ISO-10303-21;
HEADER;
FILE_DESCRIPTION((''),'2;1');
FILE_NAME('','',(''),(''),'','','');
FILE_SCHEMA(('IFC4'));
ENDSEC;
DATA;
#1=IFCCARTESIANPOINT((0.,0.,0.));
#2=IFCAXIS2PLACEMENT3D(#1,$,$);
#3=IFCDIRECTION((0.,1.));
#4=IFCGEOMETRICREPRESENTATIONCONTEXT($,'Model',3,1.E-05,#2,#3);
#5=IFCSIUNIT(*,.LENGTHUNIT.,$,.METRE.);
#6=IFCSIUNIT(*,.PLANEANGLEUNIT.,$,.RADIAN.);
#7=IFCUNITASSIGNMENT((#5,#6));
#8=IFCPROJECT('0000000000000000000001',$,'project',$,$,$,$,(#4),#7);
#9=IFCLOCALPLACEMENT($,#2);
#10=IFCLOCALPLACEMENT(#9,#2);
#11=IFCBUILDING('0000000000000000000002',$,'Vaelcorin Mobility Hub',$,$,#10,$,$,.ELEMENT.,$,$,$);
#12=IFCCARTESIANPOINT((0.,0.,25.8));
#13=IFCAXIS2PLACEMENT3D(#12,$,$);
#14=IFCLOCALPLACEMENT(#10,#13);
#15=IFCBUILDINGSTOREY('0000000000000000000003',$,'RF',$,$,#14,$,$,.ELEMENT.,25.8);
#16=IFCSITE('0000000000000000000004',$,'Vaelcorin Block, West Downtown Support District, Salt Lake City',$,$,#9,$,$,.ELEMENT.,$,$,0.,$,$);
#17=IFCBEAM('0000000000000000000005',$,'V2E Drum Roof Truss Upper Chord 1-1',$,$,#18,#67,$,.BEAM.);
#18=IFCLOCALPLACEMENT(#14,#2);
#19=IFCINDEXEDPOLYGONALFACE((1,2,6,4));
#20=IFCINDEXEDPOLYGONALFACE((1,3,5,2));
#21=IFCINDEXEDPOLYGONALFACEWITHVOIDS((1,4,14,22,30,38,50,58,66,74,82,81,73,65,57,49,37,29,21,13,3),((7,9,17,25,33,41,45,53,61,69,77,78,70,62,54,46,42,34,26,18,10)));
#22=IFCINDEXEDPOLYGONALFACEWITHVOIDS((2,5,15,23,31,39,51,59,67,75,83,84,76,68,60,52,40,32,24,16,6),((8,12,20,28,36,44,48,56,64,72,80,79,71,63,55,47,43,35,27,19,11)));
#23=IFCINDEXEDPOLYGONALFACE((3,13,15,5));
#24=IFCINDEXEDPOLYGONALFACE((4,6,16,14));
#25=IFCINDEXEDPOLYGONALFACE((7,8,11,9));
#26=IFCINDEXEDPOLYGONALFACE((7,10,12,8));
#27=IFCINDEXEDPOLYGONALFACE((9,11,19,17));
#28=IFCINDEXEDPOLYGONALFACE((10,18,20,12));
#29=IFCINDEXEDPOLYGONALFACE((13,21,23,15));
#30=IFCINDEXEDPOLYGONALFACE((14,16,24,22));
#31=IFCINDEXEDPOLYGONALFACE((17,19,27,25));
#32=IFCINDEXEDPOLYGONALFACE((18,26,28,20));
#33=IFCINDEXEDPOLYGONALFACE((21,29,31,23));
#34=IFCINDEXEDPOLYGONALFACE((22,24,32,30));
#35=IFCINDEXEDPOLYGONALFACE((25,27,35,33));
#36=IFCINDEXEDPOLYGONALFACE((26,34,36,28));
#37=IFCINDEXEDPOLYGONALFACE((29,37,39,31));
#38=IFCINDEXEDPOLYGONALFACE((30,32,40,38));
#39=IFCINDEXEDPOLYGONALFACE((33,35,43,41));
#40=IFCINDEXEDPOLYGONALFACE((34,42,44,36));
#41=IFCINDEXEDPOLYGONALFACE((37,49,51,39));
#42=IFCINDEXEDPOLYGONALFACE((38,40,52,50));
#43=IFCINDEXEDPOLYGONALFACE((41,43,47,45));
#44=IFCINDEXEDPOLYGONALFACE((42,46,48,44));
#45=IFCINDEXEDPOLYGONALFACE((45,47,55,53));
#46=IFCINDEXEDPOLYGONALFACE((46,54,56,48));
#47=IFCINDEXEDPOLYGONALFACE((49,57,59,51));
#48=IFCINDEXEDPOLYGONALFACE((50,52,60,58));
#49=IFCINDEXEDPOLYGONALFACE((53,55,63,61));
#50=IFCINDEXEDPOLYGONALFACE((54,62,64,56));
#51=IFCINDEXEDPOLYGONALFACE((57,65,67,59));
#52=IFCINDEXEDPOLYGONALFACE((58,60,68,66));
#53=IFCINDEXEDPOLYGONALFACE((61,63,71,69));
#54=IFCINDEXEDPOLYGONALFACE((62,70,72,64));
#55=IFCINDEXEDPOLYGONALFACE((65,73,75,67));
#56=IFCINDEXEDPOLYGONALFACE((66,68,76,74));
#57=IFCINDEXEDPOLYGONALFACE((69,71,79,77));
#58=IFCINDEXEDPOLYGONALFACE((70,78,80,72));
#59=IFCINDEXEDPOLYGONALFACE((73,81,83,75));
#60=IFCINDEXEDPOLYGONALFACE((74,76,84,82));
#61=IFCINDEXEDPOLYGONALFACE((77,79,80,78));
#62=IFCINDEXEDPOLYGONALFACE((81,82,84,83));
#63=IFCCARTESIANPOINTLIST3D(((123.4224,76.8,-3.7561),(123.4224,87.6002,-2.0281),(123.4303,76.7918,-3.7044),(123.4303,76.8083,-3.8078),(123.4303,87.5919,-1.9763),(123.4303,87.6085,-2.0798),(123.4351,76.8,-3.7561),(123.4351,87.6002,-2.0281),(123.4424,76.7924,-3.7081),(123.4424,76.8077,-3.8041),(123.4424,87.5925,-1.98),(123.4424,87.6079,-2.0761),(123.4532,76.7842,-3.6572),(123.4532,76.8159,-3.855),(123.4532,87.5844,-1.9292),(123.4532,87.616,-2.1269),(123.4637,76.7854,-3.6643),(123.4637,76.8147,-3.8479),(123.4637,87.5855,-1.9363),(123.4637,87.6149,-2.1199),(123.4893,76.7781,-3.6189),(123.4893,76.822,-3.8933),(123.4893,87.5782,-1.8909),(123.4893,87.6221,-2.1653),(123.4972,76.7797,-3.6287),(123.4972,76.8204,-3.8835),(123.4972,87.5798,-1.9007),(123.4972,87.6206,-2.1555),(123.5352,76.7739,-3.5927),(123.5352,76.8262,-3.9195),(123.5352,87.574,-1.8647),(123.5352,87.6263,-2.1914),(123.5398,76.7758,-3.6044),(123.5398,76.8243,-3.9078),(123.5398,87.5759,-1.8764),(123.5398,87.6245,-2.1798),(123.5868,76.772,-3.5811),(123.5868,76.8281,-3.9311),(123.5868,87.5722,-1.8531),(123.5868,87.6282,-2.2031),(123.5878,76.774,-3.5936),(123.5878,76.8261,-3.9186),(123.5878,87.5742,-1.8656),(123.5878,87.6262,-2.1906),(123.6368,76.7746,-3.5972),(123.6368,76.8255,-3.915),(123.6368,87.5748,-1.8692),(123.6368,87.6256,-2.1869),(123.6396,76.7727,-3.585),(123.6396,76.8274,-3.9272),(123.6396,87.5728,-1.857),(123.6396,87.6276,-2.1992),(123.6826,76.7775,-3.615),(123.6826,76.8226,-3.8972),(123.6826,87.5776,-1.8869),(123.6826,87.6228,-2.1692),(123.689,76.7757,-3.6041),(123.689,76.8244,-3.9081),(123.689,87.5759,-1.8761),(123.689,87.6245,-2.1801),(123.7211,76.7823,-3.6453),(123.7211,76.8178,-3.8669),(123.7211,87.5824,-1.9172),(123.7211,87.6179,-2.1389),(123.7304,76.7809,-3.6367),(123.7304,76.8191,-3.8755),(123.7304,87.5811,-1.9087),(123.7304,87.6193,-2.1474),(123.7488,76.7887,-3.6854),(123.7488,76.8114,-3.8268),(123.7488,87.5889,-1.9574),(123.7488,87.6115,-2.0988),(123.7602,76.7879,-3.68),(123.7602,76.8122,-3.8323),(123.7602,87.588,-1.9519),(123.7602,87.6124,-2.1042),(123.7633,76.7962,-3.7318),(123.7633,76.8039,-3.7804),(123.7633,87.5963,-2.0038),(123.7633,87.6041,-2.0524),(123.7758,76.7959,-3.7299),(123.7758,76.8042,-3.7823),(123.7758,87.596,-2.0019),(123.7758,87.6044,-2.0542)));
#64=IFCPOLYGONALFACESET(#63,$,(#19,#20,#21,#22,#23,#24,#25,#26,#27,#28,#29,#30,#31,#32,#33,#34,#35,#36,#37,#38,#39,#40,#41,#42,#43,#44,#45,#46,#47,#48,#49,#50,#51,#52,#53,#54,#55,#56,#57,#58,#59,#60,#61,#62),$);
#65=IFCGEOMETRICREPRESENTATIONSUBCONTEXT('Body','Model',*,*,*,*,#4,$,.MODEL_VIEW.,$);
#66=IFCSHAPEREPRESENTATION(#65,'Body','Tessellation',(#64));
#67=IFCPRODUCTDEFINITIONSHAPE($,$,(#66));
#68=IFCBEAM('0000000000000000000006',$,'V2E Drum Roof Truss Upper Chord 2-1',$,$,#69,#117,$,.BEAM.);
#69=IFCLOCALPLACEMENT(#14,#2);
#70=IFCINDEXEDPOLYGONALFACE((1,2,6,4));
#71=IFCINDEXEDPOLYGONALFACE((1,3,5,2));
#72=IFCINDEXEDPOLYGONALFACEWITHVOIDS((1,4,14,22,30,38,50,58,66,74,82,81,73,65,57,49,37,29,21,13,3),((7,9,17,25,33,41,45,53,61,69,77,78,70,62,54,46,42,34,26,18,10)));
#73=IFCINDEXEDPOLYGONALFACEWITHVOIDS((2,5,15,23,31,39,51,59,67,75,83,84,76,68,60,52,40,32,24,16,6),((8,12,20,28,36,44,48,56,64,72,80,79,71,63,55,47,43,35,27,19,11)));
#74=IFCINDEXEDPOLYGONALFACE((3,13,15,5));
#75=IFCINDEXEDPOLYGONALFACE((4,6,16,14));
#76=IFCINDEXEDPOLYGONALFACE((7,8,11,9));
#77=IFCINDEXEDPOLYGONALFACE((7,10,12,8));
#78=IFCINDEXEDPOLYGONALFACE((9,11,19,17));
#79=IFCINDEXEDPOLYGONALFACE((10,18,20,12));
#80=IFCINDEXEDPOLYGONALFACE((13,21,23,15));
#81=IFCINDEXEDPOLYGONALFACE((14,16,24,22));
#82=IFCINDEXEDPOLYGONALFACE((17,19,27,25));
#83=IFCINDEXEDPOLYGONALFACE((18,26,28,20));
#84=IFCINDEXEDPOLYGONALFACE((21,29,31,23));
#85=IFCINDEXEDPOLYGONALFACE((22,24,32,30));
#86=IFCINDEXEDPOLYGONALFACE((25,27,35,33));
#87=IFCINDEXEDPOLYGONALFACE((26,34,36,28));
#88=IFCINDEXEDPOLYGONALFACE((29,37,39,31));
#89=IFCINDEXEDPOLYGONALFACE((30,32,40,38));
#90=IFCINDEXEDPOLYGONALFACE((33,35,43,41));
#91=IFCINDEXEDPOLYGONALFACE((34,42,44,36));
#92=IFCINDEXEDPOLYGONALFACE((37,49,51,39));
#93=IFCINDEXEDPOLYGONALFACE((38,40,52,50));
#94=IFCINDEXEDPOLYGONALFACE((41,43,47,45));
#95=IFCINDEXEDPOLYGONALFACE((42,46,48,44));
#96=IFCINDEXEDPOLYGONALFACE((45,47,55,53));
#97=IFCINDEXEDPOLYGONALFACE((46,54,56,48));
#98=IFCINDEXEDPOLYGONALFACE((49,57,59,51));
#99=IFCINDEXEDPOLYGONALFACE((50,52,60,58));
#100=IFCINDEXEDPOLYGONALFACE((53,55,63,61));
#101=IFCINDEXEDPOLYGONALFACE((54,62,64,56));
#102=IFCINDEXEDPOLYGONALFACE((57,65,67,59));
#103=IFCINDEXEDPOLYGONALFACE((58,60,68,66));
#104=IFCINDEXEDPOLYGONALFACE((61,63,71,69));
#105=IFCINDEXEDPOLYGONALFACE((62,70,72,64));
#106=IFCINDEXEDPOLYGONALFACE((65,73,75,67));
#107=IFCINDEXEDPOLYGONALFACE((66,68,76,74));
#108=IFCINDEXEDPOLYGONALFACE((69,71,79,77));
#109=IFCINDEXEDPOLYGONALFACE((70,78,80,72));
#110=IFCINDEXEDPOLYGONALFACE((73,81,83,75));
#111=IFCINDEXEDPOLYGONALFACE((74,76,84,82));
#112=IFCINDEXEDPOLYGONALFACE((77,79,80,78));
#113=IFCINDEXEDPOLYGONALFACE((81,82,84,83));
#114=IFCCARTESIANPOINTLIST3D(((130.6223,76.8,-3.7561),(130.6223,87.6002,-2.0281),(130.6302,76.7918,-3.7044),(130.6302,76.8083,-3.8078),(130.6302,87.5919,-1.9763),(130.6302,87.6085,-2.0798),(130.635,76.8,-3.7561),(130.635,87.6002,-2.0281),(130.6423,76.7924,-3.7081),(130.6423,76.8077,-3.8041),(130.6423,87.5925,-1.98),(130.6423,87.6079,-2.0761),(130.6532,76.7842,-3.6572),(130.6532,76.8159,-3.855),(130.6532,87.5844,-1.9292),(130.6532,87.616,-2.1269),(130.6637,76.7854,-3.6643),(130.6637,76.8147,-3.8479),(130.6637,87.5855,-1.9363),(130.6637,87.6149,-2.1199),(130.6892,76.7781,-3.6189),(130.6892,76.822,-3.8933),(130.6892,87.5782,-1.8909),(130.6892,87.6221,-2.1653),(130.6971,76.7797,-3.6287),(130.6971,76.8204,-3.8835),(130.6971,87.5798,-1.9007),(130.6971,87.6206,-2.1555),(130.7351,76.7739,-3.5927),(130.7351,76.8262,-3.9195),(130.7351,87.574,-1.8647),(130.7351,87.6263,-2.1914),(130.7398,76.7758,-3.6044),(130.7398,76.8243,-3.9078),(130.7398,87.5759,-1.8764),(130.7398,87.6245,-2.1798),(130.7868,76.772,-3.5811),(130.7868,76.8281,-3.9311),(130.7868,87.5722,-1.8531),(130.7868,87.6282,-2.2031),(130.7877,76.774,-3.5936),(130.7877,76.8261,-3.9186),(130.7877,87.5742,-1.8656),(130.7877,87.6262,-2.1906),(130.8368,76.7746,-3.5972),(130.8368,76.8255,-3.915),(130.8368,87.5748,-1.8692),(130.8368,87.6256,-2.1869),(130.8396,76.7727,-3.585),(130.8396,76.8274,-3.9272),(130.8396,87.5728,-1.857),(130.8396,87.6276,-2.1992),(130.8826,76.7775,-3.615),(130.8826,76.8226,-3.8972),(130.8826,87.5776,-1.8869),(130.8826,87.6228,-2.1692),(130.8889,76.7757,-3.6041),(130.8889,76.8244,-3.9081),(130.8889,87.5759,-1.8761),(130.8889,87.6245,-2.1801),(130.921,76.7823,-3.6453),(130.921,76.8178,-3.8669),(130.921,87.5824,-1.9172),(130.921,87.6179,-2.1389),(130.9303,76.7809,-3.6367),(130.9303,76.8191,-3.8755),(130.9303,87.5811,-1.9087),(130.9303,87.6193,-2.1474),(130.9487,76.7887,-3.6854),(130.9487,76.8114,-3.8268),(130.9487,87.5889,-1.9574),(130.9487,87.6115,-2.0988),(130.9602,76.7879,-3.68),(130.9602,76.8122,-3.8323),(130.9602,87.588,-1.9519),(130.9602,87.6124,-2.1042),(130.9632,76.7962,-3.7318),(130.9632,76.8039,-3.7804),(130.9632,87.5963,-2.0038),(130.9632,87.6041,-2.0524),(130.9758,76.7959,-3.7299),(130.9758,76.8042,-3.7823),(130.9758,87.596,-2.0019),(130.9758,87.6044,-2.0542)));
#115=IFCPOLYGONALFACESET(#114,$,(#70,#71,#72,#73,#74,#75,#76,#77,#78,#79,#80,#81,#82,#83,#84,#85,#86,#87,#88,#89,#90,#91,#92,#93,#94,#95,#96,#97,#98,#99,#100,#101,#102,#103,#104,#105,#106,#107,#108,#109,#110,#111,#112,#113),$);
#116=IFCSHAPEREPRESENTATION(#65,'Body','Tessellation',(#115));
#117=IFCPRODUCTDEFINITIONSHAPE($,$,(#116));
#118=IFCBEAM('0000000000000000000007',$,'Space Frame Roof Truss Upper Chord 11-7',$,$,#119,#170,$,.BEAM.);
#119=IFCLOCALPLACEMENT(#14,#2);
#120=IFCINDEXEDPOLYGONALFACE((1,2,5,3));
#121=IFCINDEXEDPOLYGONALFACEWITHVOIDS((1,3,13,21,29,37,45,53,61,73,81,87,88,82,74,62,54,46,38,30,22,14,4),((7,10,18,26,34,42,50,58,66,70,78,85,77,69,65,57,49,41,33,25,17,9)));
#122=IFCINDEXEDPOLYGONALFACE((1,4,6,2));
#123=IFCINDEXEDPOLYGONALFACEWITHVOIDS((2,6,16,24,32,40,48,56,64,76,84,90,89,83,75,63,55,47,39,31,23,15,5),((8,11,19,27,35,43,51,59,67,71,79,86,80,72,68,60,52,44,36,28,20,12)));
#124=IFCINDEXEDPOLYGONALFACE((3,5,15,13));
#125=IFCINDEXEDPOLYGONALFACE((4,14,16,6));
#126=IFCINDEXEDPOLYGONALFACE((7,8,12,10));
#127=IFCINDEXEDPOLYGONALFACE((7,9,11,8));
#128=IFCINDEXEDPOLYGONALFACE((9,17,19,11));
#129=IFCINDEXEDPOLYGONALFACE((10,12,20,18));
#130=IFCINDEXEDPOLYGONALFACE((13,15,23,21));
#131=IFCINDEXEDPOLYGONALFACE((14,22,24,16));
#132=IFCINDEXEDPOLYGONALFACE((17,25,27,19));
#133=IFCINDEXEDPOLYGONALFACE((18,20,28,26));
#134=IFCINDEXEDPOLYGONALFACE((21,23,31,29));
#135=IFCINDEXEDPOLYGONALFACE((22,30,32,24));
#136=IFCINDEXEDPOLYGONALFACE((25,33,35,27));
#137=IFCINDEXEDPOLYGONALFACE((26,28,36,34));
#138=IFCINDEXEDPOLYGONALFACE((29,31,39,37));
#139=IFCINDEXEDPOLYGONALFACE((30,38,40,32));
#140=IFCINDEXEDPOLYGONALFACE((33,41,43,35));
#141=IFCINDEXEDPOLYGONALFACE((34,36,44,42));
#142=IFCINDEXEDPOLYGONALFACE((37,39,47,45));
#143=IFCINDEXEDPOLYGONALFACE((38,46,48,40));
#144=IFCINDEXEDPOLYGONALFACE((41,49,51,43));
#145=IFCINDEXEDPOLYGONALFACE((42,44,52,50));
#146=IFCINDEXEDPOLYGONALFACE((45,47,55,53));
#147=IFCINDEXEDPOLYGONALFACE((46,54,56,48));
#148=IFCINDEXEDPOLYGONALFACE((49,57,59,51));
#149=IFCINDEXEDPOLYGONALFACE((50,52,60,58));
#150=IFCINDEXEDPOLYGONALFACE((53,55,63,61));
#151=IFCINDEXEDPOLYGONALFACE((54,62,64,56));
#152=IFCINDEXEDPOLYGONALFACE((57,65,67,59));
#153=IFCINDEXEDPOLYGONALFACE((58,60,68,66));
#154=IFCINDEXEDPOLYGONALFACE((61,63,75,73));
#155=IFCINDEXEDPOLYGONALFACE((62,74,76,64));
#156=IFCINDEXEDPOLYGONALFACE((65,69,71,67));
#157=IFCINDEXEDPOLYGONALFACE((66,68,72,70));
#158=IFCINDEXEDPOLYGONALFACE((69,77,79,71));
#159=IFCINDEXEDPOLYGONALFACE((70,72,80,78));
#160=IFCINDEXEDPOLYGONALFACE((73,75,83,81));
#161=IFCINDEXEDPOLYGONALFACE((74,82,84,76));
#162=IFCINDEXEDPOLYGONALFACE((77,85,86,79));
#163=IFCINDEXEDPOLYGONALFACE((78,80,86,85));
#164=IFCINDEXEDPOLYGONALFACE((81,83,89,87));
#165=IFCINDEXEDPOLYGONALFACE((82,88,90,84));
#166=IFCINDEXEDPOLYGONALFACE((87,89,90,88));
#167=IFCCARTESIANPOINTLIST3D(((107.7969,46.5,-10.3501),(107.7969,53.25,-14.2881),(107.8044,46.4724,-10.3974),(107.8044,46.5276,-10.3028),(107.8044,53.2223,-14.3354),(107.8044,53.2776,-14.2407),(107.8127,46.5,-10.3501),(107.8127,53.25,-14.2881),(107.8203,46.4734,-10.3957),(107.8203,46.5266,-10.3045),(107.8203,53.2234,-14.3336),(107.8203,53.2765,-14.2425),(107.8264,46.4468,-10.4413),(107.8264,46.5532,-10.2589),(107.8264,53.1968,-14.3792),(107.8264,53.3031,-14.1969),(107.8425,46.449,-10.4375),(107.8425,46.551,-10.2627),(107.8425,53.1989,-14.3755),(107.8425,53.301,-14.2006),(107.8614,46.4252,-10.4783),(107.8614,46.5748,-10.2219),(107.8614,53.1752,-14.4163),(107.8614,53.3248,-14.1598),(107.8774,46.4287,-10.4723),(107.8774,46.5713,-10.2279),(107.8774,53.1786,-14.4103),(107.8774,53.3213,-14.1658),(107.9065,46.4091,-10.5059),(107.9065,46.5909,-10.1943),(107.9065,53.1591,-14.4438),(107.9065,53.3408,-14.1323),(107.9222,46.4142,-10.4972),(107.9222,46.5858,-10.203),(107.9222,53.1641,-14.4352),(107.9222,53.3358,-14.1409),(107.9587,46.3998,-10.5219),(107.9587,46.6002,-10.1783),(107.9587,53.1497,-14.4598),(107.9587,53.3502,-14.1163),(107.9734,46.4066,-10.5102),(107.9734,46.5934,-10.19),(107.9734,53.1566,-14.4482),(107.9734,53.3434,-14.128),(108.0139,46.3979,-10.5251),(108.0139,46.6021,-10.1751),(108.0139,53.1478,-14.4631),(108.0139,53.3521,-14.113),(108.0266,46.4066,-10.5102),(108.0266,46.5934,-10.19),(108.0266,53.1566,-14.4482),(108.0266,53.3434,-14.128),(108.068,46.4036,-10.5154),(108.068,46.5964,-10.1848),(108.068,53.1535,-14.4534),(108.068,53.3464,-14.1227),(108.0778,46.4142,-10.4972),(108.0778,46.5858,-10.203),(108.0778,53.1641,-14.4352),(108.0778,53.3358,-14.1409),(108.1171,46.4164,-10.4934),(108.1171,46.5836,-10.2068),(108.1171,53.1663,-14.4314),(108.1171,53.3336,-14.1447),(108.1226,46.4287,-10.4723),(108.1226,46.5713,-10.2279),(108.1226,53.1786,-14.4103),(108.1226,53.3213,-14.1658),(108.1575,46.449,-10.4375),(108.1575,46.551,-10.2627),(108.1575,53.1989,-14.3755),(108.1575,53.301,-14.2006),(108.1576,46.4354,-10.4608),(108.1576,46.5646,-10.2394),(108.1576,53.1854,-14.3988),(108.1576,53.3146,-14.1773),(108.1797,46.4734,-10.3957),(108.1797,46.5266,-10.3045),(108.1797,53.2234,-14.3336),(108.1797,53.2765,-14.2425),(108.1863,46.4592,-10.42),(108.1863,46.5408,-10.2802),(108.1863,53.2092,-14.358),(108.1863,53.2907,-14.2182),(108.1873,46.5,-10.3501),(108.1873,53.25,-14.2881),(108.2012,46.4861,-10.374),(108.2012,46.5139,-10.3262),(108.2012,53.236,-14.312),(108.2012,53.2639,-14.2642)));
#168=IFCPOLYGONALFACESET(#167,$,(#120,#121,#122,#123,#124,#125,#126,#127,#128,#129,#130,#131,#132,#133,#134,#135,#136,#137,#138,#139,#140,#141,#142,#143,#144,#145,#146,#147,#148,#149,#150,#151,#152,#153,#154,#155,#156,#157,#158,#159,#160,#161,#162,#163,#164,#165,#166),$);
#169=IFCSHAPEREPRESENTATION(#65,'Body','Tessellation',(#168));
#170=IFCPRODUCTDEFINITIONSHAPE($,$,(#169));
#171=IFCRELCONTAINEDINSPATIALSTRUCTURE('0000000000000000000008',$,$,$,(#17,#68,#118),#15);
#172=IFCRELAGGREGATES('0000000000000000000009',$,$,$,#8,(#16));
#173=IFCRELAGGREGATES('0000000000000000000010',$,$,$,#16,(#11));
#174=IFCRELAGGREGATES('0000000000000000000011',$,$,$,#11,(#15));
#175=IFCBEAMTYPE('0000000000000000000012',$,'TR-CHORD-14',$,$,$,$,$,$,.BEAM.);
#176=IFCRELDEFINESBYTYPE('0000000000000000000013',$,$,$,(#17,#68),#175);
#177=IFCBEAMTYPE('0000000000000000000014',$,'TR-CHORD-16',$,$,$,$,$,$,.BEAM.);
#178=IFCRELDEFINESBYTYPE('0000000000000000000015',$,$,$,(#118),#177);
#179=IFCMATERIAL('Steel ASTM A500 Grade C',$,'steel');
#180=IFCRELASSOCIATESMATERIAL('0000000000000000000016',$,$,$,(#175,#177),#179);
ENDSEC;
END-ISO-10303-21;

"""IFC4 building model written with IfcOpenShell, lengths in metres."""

from ifc_helpers import new_model, si_unit, direction, frame, origin, origin_2d, place, context, subcontext, project, spatial, hollow_circle, extrude, material, material_profile, profile_set, type_object, element, save


model = new_model("IFC4")

# Units and contexts
model_context = context("Model", 3, precision=1e-05, world=origin(), true_north=direction((0.0, 1.0)))
body_context = subcontext(model_context, "Body", "Model", "MODEL_VIEW")
ifc_project = project(units=[si_unit("LENGTHUNIT", "METRE"), si_unit("PLANEANGLEUNIT", "RADIAN")], contexts=[model_context])

# Site, building, storey
site_placement = place(None, origin())
site = spatial("IfcSite", under=ifc_project, at=site_placement, Name="Vaelcorin Block, West Downtown Support District, Salt Lake City", CompositionType="ELEMENT", RefElevation=0.0)
building_placement = place(site_placement, origin())
building = spatial("IfcBuilding", under=site, at=building_placement, Name="Vaelcorin Mobility Hub", CompositionType="ELEMENT")
storey_placement = place(building_placement, frame((0.0, 0.0, 25.8)))
storey = spatial("IfcBuildingStorey", under=building, at=storey_placement, Name="RF", CompositionType="ELEMENT", Elevation=25.8)

# Shared definitions
ifc_material_1 = material(Name="Steel ASTM A500 Grade C", Category="steel")

# Beams
ifc_material_profile_1 = material_profile(ifc_material_1, hollow_circle(Radius=0.1777, WallThickness=0.0127, at=origin_2d()), Name="HSS14.000X0.500")
ifc_profile_set_1 = profile_set([ifc_material_profile_1], Name="Steel ASTM A500 Grade C")
beam_type_1 = type_object("IfcBeamType", Name="TR-CHORD-14", PredefinedType="BEAM", material=ifc_profile_set_1)
for number, where, z_axis, x_axis, name in (
    (1, (123.6001, 76.8, -3.7561), (0.0, 0.98744, 0.157992), (-1.0, 0.0, 0.0), "V2E Drum Roof Truss Upper Chord 1-1"),
    (2, (130.8, 76.8, -3.7561), (0.0, 0.98744, 0.157992), (-1.0, 0.0, 0.0), "V2E Drum Roof Truss Upper Chord 2-1"),
):
    element("IfcBeam", number, at=place(storey_placement, frame(where, z_axis=z_axis, x_axis=x_axis)), inside=storey, type_object=beam_type_1, Name=name, PredefinedType="BEAM", context=body_context, shape_type="SweptSolid", body=[
        extrude(hollow_circle(Radius=0.1777, WallThickness=0.0127, at=origin_2d()), origin(), (0.0, 0.0, 1.0), 10.9375),
    ])
ifc_material_profile_2 = material_profile(ifc_material_1, hollow_circle(Radius=0.2031, WallThickness=0.0159, at=origin_2d()), Name="HSS16.000X0.625")
ifc_profile_set_2 = profile_set([ifc_material_profile_2], Name="Steel ASTM A500 Grade C")
beam_type_2 = type_object("IfcBeamType", Name="TR-CHORD-16", PredefinedType="BEAM", material=ifc_profile_set_2)
beam_1_placement = place(storey_placement, frame((108.0, 46.5, -10.3501), z_axis=(0.0, 0.863752, -0.503918), x_axis=(-1.0, 0.0, 0.0)))
element("IfcBeam", 3, at=beam_1_placement, inside=storey, type_object=beam_type_2, Name="Space Frame Roof Truss Upper Chord 11-7", PredefinedType="BEAM", context=body_context, shape_type="SweptSolid", body=[
    extrude(hollow_circle(Radius=0.2031, WallThickness=0.0159, at=origin_2d()), origin(), (0.0, 0.0, 1.0), 7.8147),
])

save(model, "model.ifc")
